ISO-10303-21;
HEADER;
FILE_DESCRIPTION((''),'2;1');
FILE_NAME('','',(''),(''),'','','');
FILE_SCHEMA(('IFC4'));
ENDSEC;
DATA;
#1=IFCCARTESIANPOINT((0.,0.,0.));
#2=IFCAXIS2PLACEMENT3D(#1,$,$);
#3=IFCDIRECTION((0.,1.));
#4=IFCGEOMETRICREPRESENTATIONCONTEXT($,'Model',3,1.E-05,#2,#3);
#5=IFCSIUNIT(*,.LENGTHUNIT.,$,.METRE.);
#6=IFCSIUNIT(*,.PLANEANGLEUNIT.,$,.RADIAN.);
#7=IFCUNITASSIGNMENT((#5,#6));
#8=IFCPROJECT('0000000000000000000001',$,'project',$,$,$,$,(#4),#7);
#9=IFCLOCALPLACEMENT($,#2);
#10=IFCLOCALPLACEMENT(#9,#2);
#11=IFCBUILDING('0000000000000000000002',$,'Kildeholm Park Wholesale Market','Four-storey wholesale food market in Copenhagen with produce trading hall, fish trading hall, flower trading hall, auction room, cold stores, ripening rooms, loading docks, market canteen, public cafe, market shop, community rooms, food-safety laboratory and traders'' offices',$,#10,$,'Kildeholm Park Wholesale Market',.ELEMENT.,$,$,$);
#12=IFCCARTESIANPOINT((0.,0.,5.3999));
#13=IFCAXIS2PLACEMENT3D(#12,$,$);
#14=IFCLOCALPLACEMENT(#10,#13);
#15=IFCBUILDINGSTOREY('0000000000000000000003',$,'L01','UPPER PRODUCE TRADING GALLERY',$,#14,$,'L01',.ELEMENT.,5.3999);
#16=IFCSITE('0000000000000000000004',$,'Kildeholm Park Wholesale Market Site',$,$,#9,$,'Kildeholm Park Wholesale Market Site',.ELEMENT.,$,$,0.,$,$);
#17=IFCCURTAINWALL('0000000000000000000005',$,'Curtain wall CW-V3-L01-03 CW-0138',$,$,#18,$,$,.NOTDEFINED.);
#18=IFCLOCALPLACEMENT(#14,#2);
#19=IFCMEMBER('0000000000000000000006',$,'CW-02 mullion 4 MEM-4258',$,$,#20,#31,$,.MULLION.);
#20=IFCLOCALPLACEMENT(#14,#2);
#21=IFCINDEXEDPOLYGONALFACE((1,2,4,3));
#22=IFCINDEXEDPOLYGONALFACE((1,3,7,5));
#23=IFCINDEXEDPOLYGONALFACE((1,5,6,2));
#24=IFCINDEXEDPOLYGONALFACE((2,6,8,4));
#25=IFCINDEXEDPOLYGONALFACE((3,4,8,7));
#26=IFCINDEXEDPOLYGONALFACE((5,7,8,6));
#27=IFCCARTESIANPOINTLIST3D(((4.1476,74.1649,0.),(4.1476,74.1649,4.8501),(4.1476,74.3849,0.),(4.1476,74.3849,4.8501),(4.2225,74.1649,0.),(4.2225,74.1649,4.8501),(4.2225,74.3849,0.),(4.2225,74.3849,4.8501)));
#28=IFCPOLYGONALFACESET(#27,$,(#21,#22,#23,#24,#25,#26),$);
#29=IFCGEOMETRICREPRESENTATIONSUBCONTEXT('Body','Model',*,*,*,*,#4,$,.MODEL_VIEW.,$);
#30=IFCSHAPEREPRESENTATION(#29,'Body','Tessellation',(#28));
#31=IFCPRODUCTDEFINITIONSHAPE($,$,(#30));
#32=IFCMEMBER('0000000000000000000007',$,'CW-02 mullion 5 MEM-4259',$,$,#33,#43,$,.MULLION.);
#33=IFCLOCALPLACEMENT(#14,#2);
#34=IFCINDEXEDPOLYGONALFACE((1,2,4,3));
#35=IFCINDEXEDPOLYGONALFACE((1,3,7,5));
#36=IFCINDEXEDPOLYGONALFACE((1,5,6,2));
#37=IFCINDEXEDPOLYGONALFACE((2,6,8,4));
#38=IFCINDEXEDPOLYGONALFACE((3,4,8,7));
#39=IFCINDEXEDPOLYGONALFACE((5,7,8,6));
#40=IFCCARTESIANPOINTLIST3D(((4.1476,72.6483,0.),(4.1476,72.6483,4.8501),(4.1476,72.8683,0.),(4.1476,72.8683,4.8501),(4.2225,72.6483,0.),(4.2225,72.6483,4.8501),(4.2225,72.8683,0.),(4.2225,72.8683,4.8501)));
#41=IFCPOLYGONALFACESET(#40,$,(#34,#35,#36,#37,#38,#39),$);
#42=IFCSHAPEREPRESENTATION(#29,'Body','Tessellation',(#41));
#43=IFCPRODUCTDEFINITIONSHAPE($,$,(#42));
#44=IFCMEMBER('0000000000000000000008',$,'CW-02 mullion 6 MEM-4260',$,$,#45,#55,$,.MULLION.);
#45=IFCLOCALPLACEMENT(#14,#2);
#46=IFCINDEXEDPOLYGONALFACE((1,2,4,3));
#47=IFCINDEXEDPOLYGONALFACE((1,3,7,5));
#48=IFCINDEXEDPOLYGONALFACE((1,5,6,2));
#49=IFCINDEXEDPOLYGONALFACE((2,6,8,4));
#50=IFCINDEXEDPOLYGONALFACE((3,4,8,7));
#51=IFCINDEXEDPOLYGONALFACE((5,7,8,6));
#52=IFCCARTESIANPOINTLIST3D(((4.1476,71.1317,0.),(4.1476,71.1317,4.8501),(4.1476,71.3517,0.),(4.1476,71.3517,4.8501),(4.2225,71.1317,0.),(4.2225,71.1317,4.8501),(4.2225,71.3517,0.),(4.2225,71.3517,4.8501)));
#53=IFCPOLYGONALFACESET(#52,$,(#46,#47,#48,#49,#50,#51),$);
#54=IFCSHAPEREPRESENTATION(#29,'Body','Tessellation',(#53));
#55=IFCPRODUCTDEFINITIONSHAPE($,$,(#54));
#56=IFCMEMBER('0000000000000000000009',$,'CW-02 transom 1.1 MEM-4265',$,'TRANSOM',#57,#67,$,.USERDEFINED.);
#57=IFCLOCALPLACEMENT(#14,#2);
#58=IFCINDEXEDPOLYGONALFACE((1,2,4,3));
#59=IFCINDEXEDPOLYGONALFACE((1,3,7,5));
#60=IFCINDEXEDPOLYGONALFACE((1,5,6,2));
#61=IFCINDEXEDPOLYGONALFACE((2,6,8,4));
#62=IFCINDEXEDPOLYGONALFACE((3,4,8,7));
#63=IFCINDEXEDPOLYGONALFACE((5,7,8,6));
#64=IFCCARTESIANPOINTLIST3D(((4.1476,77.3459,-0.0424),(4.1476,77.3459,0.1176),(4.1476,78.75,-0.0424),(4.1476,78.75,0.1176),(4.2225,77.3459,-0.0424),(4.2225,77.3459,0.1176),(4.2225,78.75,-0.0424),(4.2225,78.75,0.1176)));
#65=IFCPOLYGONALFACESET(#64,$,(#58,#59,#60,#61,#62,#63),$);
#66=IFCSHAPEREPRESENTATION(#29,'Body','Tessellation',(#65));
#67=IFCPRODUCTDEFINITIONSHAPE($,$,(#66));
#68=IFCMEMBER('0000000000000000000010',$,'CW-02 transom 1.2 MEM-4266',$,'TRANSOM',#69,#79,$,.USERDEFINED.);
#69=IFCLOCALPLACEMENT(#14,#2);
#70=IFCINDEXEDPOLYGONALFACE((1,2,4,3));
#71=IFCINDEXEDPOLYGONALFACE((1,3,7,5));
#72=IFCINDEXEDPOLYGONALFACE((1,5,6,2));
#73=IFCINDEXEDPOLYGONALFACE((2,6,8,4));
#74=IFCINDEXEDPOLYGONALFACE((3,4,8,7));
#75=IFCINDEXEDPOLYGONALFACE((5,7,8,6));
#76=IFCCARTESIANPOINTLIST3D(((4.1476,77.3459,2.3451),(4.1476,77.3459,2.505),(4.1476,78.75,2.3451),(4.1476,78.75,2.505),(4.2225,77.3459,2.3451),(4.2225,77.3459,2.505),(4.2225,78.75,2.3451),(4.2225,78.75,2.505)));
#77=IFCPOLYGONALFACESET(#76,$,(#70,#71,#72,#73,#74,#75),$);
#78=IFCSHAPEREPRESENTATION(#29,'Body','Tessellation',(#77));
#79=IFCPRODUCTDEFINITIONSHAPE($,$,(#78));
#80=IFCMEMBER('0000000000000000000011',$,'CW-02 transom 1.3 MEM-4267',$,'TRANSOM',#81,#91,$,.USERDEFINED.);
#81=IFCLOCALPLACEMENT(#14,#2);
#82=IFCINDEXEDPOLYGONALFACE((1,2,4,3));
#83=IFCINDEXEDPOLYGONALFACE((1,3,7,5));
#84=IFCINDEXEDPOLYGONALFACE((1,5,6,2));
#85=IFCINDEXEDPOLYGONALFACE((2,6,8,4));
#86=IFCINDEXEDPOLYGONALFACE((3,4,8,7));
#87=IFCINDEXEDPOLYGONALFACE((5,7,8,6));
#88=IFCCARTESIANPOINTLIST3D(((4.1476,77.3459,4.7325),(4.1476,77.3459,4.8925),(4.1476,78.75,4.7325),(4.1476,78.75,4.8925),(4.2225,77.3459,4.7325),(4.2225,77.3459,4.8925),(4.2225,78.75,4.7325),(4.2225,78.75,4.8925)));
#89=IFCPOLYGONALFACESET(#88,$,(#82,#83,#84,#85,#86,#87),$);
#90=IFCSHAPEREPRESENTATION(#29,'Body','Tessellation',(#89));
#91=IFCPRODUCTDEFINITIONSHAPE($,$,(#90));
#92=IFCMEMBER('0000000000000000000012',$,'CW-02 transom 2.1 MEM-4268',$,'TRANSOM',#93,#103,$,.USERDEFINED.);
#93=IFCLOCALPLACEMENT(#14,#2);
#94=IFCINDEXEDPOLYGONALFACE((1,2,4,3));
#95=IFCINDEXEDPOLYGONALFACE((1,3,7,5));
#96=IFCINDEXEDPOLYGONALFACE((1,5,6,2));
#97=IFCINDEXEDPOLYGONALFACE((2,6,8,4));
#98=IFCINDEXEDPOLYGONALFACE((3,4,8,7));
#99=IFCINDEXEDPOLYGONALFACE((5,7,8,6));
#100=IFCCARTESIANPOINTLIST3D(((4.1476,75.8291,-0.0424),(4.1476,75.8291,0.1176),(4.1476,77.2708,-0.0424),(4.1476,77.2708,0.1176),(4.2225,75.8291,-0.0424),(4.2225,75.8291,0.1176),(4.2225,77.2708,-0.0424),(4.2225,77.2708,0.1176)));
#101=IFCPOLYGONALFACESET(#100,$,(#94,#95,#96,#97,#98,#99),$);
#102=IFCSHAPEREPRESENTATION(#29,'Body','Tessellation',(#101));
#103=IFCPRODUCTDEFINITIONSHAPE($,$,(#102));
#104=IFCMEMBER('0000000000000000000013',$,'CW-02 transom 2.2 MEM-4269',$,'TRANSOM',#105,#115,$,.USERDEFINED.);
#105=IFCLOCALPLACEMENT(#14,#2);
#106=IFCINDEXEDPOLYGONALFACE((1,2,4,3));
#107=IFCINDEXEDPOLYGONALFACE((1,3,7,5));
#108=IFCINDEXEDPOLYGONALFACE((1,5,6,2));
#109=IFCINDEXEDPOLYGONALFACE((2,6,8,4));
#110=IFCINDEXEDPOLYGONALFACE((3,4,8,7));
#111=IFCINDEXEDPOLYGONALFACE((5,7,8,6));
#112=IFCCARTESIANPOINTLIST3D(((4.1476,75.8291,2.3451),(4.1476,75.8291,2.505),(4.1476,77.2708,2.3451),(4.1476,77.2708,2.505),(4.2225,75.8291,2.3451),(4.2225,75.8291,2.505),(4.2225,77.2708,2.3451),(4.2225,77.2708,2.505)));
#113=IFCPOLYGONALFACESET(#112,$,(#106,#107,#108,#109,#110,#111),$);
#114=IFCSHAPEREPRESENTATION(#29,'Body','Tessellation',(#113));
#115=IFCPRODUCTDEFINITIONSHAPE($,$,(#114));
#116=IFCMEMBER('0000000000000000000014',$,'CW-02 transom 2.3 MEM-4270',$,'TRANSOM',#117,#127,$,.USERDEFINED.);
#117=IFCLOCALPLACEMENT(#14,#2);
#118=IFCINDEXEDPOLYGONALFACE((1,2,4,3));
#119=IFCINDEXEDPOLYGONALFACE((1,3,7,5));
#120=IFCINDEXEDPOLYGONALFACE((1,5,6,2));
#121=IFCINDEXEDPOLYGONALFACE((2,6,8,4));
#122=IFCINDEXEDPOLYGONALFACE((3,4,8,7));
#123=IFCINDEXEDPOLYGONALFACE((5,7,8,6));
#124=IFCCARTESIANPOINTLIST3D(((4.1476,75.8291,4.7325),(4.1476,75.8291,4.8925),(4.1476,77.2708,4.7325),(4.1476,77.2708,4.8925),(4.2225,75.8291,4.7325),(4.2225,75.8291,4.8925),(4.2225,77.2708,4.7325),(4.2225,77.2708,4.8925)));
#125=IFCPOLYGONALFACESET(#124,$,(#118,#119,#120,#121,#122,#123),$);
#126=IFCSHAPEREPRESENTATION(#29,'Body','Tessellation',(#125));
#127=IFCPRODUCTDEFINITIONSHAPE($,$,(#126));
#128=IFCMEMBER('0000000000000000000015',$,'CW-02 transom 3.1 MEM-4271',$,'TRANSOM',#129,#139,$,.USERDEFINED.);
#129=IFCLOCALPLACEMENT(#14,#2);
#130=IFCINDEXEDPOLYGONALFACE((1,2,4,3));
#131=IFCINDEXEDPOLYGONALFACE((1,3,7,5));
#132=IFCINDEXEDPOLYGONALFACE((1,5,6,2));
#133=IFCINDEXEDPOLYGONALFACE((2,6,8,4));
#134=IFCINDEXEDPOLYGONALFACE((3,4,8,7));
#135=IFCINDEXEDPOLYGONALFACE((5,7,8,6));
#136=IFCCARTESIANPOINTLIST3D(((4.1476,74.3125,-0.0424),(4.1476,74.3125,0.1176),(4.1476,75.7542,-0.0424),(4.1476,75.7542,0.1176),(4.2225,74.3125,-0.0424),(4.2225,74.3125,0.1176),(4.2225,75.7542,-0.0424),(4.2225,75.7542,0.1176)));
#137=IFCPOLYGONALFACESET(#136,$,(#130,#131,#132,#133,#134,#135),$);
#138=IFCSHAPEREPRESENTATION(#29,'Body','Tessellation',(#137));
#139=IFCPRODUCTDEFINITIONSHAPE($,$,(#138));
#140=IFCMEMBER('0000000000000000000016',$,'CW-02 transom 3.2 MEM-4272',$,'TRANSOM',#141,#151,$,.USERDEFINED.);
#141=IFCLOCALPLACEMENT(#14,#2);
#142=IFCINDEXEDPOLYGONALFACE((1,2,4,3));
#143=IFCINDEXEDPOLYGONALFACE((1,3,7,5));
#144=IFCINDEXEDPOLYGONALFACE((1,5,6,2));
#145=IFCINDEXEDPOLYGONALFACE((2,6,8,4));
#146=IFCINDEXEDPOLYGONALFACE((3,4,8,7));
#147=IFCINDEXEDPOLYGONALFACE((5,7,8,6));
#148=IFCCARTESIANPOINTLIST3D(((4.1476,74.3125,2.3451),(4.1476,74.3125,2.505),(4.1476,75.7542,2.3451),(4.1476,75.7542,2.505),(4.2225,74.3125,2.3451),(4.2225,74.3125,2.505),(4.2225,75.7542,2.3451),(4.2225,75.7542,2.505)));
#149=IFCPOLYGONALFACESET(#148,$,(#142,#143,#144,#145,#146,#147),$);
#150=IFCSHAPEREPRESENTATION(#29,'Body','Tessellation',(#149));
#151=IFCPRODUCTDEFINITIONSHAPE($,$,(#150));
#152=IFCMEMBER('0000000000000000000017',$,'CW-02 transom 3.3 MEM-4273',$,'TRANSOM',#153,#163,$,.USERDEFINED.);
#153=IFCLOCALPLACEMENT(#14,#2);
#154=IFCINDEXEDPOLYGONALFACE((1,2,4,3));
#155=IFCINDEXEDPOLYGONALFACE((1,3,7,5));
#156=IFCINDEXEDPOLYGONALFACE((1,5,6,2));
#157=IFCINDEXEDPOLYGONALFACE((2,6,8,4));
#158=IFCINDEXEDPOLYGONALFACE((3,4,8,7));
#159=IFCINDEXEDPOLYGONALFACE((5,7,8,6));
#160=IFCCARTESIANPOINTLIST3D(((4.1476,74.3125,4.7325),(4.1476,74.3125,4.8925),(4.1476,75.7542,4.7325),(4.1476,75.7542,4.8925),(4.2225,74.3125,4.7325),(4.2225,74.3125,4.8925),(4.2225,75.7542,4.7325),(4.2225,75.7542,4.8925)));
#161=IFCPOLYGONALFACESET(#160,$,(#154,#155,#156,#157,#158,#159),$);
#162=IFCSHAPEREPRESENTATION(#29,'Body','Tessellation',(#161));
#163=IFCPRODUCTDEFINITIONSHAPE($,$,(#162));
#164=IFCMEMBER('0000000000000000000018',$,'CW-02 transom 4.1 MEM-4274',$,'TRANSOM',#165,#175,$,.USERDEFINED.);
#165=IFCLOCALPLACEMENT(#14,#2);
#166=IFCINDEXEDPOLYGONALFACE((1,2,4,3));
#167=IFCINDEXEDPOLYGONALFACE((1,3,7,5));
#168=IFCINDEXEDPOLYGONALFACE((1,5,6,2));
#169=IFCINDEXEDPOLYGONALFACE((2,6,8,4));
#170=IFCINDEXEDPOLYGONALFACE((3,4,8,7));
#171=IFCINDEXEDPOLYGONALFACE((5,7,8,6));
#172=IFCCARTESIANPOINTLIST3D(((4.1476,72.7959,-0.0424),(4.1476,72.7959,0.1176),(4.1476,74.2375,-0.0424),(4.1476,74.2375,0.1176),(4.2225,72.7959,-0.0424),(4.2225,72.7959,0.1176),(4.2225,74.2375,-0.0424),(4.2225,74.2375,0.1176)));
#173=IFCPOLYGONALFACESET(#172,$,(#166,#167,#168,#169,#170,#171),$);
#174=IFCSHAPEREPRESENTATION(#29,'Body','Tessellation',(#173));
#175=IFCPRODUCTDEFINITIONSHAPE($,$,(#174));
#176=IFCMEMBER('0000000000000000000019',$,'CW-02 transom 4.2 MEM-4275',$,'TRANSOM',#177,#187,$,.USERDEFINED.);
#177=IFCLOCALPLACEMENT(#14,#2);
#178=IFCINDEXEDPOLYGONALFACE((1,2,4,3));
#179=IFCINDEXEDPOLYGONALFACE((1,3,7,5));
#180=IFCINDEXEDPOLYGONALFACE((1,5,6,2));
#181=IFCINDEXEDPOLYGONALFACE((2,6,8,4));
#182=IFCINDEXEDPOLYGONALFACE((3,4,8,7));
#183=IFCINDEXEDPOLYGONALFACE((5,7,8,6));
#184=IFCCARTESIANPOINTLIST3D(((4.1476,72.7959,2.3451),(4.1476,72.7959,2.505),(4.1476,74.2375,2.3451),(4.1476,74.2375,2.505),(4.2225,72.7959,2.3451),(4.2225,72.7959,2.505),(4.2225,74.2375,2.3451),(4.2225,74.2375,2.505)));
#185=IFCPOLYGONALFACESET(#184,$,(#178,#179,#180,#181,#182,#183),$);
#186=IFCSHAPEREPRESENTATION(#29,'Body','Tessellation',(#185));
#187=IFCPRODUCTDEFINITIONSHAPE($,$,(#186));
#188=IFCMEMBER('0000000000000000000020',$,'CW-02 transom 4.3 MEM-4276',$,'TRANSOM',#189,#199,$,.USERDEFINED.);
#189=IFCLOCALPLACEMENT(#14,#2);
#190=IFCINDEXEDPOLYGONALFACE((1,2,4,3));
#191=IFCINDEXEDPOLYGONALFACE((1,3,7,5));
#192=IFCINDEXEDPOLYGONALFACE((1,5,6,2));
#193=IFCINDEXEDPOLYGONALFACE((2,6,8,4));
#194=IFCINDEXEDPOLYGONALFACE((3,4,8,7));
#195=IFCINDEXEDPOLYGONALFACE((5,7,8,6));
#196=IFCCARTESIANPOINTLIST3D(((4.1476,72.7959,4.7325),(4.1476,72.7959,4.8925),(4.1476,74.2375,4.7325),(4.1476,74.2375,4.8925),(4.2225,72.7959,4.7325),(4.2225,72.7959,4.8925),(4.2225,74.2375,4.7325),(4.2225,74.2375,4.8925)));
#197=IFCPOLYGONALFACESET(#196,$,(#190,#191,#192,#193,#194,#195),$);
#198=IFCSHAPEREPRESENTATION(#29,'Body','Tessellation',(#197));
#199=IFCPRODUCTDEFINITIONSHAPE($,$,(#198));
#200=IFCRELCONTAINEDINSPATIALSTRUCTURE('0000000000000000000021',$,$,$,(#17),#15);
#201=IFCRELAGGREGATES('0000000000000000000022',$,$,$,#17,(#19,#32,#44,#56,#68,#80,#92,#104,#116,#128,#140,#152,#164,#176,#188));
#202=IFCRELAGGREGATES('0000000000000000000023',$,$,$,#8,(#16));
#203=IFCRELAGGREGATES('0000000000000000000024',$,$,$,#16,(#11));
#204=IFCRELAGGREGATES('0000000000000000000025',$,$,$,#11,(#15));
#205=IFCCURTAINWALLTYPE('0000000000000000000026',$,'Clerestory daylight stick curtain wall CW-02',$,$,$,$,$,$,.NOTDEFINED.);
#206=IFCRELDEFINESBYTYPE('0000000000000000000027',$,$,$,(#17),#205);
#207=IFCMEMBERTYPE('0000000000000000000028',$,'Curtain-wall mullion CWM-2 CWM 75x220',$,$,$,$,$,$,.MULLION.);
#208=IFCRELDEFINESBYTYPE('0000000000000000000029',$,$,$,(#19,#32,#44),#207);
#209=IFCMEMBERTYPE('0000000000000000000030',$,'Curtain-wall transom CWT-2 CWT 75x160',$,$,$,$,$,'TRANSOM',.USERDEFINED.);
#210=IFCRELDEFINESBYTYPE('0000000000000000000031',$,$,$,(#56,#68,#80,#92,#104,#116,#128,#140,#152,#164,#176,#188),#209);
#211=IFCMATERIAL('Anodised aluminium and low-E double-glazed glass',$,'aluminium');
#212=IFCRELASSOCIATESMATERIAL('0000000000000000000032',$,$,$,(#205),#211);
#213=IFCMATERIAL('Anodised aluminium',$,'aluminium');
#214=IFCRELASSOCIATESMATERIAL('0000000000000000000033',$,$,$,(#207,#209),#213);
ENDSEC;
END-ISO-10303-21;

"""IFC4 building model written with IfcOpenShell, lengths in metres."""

from ifc_helpers import new_model, si_unit, direction, frame, origin, origin_2d, place, context, subcontext, project, spatial, rectangle, extrude, material, material_profile, profile_set, type_object, element, aggregate, save


model = new_model("IFC4")

# Units and contexts
model_context = context("Model", 3, precision=1e-05, world=origin(), true_north=direction((0.0, 1.0)))
body_context = subcontext(model_context, "Body", "Model", "MODEL_VIEW")
ifc_project = project(units=[si_unit("LENGTHUNIT", "METRE"), si_unit("PLANEANGLEUNIT", "RADIAN")], contexts=[model_context])

# Site, building, storey
site_placement = place(None, origin())
site = spatial("IfcSite", under=ifc_project, at=site_placement, Name="Kildeholm Park Wholesale Market Site", LongName="Kildeholm Park Wholesale Market Site", CompositionType="ELEMENT", RefElevation=0.0)
building_placement = place(site_placement, origin())
building = spatial("IfcBuilding", under=site, at=building_placement, Name="Kildeholm Park Wholesale Market", Description="Four-storey wholesale food market in Copenhagen with produce trading hall, fish trading hall, flower trading hall, auction room, cold stores, ripening rooms, loading docks, market canteen, public cafe, market shop, community rooms, food-safety laboratory and traders' offices", LongName="Kildeholm Park Wholesale Market", CompositionType="ELEMENT")
storey_placement = place(building_placement, frame((0.0, 0.0, 5.3999)))
storey = spatial("IfcBuildingStorey", under=building, at=storey_placement, Name="L01", Description="UPPER PRODUCE TRADING GALLERY", LongName="L01", CompositionType="ELEMENT", Elevation=5.3999)

# Shared definitions
ifc_material_1 = material(Name="Anodised aluminium and low-E double-glazed glass", Category="aluminium")
curtain_wall_type = type_object("IfcCurtainWallType", Name="Clerestory daylight stick curtain wall CW-02", PredefinedType="NOTDEFINED", material=ifc_material_1)
ifc_material_2 = material(Name="Anodised aluminium", Category="aluminium")
ifc_material_profile_1 = material_profile(ifc_material_2, rectangle(XDim=0.075, YDim=0.22, at=origin_2d()), Name="CWM 75x220")
ifc_profile_set_1 = profile_set([ifc_material_profile_1], Name="Anodised aluminium")
member_type_1 = type_object("IfcMemberType", Name="Curtain-wall mullion CWM-2 CWM 75x220", PredefinedType="MULLION", material=ifc_profile_set_1)

# Curtain wall, members
curtain_wall_1_placement = place(storey_placement, origin())
curtain_wall_1 = element("IfcCurtainWall", 1, at=curtain_wall_1_placement, inside=storey, type_object=curtain_wall_type, Name="Curtain wall CW-V3-L01-03 CW-0138", PredefinedType="NOTDEFINED")
member_1_placement = place(storey_placement, frame((4.1851, 74.2749, 0.0), z_axis=(0.0, 0.0, 1.0), x_axis=(1.0, 0.0, 0.0)))
member_1 = element("IfcMember", 2, at=member_1_placement, type_object=member_type_1, Name="CW-02 mullion 4 MEM-4258", PredefinedType="MULLION", context=body_context, shape_type="SweptSolid", body=[
    extrude(rectangle(XDim=0.075, YDim=0.22, at=origin_2d()), origin(), (0.0, 0.0, 1.0), 4.8501),
])
member_2_placement = place(storey_placement, frame((4.1851, 72.7583, 0.0), z_axis=(0.0, 0.0, 1.0), x_axis=(1.0, 0.0, 0.0)))
member_2 = element("IfcMember", 3, at=member_2_placement, type_object=member_type_1, Name="CW-02 mullion 5 MEM-4259", PredefinedType="MULLION", context=body_context, shape_type="SweptSolid", body=[
    extrude(rectangle(XDim=0.075, YDim=0.22, at=origin_2d()), origin(), (0.0, 0.0, 1.0), 4.8501),
])
member_3_placement = place(storey_placement, frame((4.1851, 71.2417, 0.0), z_axis=(0.0, 0.0, 1.0), x_axis=(1.0, 0.0, 0.0)))
member_3 = element("IfcMember", 4, at=member_3_placement, type_object=member_type_1, Name="CW-02 mullion 6 MEM-4260", PredefinedType="MULLION", context=body_context, shape_type="SweptSolid", body=[
    extrude(rectangle(XDim=0.075, YDim=0.22, at=origin_2d()), origin(), (0.0, 0.0, 1.0), 4.8501),
])
ifc_material_profile_2 = material_profile(ifc_material_2, rectangle(XDim=0.075, YDim=0.1599, at=origin_2d()), Name="CWT 75x160")
ifc_profile_set_2 = profile_set([ifc_material_profile_2], Name="Anodised aluminium")
member_type_2 = type_object("IfcMemberType", Name="Curtain-wall transom CWT-2 CWT 75x160", ElementType="TRANSOM", PredefinedType="USERDEFINED", material=ifc_profile_set_2)
member_4_placement = place(storey_placement, frame((4.1851, 78.75, 0.0376), z_axis=(0.0, -1.0, 0.0), x_axis=(1.0, 0.0, 0.0)))
member_4 = element("IfcMember", 5, at=member_4_placement, type_object=member_type_2, Name="CW-02 transom 1.1 MEM-4265", ObjectType="TRANSOM", PredefinedType="USERDEFINED", context=body_context, shape_type="SweptSolid", body=[
    extrude(rectangle(XDim=0.075, YDim=0.1599, at=origin_2d()), origin(), (0.0, 0.0, 1.0), 1.4041),
])
member_5_placement = place(storey_placement, frame((4.1851, 78.75, 2.425), z_axis=(0.0, -1.0, 0.0), x_axis=(1.0, 0.0, 0.0)))
member_5 = element("IfcMember", 6, at=member_5_placement, type_object=member_type_2, Name="CW-02 transom 1.2 MEM-4266", ObjectType="TRANSOM", PredefinedType="USERDEFINED", context=body_context, shape_type="SweptSolid", body=[
    extrude(rectangle(XDim=0.075, YDim=0.1599, at=origin_2d()), origin(), (0.0, 0.0, 1.0), 1.4041),
])
member_6_placement = place(storey_placement, frame((4.1851, 78.75, 4.8125), z_axis=(0.0, -1.0, 0.0), x_axis=(1.0, 0.0, 0.0)))
member_6 = element("IfcMember", 7, at=member_6_placement, type_object=member_type_2, Name="CW-02 transom 1.3 MEM-4267", ObjectType="TRANSOM", PredefinedType="USERDEFINED", context=body_context, shape_type="SweptSolid", body=[
    extrude(rectangle(XDim=0.075, YDim=0.1599, at=origin_2d()), origin(), (0.0, 0.0, 1.0), 1.4041),
])
member_7_placement = place(storey_placement, frame((4.1851, 77.2708, 0.0376), z_axis=(0.0, -1.0, 0.0), x_axis=(1.0, 0.0, 0.0)))
member_7 = element("IfcMember", 8, at=member_7_placement, type_object=member_type_2, Name="CW-02 transom 2.1 MEM-4268", ObjectType="TRANSOM", PredefinedType="USERDEFINED", context=body_context, shape_type="SweptSolid", body=[
    extrude(rectangle(XDim=0.075, YDim=0.1599, at=origin_2d()), origin(), (0.0, 0.0, 1.0), 1.4417),
])
member_8_placement = place(storey_placement, frame((4.1851, 77.2708, 2.425), z_axis=(0.0, -1.0, 0.0), x_axis=(1.0, 0.0, 0.0)))
member_8 = element("IfcMember", 9, at=member_8_placement, type_object=member_type_2, Name="CW-02 transom 2.2 MEM-4269", ObjectType="TRANSOM", PredefinedType="USERDEFINED", context=body_context, shape_type="SweptSolid", body=[
    extrude(rectangle(XDim=0.075, YDim=0.1599, at=origin_2d()), origin(), (0.0, 0.0, 1.0), 1.4417),
])
member_9_placement = place(storey_placement, frame((4.1851, 77.2708, 4.8125), z_axis=(0.0, -1.0, 0.0), x_axis=(1.0, 0.0, 0.0)))
member_9 = element("IfcMember", 10, at=member_9_placement, type_object=member_type_2, Name="CW-02 transom 2.3 MEM-4270", ObjectType="TRANSOM", PredefinedType="USERDEFINED", context=body_context, shape_type="SweptSolid", body=[
    extrude(rectangle(XDim=0.075, YDim=0.1599, at=origin_2d()), origin(), (0.0, 0.0, 1.0), 1.4417),
])
member_10_placement = place(storey_placement, frame((4.1851, 75.7542, 0.0376), z_axis=(0.0, -1.0, 0.0), x_axis=(1.0, 0.0, 0.0)))
member_10 = element("IfcMember", 11, at=member_10_placement, type_object=member_type_2, Name="CW-02 transom 3.1 MEM-4271", ObjectType="TRANSOM", PredefinedType="USERDEFINED", context=body_context, shape_type="SweptSolid", body=[
    extrude(rectangle(XDim=0.075, YDim=0.1599, at=origin_2d()), origin(), (0.0, 0.0, 1.0), 1.4417),
])
member_11_placement = place(storey_placement, frame((4.1851, 75.7542, 2.425), z_axis=(0.0, -1.0, 0.0), x_axis=(1.0, 0.0, 0.0)))
member_11 = element("IfcMember", 12, at=member_11_placement, type_object=member_type_2, Name="CW-02 transom 3.2 MEM-4272", ObjectType="TRANSOM", PredefinedType="USERDEFINED", context=body_context, shape_type="SweptSolid", body=[
    extrude(rectangle(XDim=0.075, YDim=0.1599, at=origin_2d()), origin(), (0.0, 0.0, 1.0), 1.4417),
])
member_12_placement = place(storey_placement, frame((4.1851, 75.7542, 4.8125), z_axis=(0.0, -1.0, 0.0), x_axis=(1.0, 0.0, 0.0)))
member_12 = element("IfcMember", 13, at=member_12_placement, type_object=member_type_2, Name="CW-02 transom 3.3 MEM-4273", ObjectType="TRANSOM", PredefinedType="USERDEFINED", context=body_context, shape_type="SweptSolid", body=[
    extrude(rectangle(XDim=0.075, YDim=0.1599, at=origin_2d()), origin(), (0.0, 0.0, 1.0), 1.4417),
])
member_13_placement = place(storey_placement, frame((4.1851, 74.2375, 0.0376), z_axis=(0.0, -1.0, 0.0), x_axis=(1.0, 0.0, 0.0)))
member_13 = element("IfcMember", 14, at=member_13_placement, type_object=member_type_2, Name="CW-02 transom 4.1 MEM-4274", ObjectType="TRANSOM", PredefinedType="USERDEFINED", context=body_context, shape_type="SweptSolid", body=[
    extrude(rectangle(XDim=0.075, YDim=0.1599, at=origin_2d()), origin(), (0.0, 0.0, 1.0), 1.4417),
])
member_14_placement = place(storey_placement, frame((4.1851, 74.2375, 2.425), z_axis=(0.0, -1.0, 0.0), x_axis=(1.0, 0.0, 0.0)))
member_14 = element("IfcMember", 15, at=member_14_placement, type_object=member_type_2, Name="CW-02 transom 4.2 MEM-4275", ObjectType="TRANSOM", PredefinedType="USERDEFINED", context=body_context, shape_type="SweptSolid", body=[
    extrude(rectangle(XDim=0.075, YDim=0.1599, at=origin_2d()), origin(), (0.0, 0.0, 1.0), 1.4417),
])
member_15_placement = place(storey_placement, frame((4.1851, 74.2375, 4.8125), z_axis=(0.0, -1.0, 0.0), x_axis=(1.0, 0.0, 0.0)))
member_15 = element("IfcMember", 16, at=member_15_placement, type_object=member_type_2, Name="CW-02 transom 4.3 MEM-4276", ObjectType="TRANSOM", PredefinedType="USERDEFINED", context=body_context, shape_type="SweptSolid", body=[
    extrude(rectangle(XDim=0.075, YDim=0.1599, at=origin_2d()), origin(), (0.0, 0.0, 1.0), 1.4417),
])

aggregate(curtain_wall_1, [member_1, member_2, member_3, member_4, member_5, member_6, member_7, member_8, member_9, member_10, member_11, member_12, member_13, member_14, member_15])

save(model, "model.ifc")
